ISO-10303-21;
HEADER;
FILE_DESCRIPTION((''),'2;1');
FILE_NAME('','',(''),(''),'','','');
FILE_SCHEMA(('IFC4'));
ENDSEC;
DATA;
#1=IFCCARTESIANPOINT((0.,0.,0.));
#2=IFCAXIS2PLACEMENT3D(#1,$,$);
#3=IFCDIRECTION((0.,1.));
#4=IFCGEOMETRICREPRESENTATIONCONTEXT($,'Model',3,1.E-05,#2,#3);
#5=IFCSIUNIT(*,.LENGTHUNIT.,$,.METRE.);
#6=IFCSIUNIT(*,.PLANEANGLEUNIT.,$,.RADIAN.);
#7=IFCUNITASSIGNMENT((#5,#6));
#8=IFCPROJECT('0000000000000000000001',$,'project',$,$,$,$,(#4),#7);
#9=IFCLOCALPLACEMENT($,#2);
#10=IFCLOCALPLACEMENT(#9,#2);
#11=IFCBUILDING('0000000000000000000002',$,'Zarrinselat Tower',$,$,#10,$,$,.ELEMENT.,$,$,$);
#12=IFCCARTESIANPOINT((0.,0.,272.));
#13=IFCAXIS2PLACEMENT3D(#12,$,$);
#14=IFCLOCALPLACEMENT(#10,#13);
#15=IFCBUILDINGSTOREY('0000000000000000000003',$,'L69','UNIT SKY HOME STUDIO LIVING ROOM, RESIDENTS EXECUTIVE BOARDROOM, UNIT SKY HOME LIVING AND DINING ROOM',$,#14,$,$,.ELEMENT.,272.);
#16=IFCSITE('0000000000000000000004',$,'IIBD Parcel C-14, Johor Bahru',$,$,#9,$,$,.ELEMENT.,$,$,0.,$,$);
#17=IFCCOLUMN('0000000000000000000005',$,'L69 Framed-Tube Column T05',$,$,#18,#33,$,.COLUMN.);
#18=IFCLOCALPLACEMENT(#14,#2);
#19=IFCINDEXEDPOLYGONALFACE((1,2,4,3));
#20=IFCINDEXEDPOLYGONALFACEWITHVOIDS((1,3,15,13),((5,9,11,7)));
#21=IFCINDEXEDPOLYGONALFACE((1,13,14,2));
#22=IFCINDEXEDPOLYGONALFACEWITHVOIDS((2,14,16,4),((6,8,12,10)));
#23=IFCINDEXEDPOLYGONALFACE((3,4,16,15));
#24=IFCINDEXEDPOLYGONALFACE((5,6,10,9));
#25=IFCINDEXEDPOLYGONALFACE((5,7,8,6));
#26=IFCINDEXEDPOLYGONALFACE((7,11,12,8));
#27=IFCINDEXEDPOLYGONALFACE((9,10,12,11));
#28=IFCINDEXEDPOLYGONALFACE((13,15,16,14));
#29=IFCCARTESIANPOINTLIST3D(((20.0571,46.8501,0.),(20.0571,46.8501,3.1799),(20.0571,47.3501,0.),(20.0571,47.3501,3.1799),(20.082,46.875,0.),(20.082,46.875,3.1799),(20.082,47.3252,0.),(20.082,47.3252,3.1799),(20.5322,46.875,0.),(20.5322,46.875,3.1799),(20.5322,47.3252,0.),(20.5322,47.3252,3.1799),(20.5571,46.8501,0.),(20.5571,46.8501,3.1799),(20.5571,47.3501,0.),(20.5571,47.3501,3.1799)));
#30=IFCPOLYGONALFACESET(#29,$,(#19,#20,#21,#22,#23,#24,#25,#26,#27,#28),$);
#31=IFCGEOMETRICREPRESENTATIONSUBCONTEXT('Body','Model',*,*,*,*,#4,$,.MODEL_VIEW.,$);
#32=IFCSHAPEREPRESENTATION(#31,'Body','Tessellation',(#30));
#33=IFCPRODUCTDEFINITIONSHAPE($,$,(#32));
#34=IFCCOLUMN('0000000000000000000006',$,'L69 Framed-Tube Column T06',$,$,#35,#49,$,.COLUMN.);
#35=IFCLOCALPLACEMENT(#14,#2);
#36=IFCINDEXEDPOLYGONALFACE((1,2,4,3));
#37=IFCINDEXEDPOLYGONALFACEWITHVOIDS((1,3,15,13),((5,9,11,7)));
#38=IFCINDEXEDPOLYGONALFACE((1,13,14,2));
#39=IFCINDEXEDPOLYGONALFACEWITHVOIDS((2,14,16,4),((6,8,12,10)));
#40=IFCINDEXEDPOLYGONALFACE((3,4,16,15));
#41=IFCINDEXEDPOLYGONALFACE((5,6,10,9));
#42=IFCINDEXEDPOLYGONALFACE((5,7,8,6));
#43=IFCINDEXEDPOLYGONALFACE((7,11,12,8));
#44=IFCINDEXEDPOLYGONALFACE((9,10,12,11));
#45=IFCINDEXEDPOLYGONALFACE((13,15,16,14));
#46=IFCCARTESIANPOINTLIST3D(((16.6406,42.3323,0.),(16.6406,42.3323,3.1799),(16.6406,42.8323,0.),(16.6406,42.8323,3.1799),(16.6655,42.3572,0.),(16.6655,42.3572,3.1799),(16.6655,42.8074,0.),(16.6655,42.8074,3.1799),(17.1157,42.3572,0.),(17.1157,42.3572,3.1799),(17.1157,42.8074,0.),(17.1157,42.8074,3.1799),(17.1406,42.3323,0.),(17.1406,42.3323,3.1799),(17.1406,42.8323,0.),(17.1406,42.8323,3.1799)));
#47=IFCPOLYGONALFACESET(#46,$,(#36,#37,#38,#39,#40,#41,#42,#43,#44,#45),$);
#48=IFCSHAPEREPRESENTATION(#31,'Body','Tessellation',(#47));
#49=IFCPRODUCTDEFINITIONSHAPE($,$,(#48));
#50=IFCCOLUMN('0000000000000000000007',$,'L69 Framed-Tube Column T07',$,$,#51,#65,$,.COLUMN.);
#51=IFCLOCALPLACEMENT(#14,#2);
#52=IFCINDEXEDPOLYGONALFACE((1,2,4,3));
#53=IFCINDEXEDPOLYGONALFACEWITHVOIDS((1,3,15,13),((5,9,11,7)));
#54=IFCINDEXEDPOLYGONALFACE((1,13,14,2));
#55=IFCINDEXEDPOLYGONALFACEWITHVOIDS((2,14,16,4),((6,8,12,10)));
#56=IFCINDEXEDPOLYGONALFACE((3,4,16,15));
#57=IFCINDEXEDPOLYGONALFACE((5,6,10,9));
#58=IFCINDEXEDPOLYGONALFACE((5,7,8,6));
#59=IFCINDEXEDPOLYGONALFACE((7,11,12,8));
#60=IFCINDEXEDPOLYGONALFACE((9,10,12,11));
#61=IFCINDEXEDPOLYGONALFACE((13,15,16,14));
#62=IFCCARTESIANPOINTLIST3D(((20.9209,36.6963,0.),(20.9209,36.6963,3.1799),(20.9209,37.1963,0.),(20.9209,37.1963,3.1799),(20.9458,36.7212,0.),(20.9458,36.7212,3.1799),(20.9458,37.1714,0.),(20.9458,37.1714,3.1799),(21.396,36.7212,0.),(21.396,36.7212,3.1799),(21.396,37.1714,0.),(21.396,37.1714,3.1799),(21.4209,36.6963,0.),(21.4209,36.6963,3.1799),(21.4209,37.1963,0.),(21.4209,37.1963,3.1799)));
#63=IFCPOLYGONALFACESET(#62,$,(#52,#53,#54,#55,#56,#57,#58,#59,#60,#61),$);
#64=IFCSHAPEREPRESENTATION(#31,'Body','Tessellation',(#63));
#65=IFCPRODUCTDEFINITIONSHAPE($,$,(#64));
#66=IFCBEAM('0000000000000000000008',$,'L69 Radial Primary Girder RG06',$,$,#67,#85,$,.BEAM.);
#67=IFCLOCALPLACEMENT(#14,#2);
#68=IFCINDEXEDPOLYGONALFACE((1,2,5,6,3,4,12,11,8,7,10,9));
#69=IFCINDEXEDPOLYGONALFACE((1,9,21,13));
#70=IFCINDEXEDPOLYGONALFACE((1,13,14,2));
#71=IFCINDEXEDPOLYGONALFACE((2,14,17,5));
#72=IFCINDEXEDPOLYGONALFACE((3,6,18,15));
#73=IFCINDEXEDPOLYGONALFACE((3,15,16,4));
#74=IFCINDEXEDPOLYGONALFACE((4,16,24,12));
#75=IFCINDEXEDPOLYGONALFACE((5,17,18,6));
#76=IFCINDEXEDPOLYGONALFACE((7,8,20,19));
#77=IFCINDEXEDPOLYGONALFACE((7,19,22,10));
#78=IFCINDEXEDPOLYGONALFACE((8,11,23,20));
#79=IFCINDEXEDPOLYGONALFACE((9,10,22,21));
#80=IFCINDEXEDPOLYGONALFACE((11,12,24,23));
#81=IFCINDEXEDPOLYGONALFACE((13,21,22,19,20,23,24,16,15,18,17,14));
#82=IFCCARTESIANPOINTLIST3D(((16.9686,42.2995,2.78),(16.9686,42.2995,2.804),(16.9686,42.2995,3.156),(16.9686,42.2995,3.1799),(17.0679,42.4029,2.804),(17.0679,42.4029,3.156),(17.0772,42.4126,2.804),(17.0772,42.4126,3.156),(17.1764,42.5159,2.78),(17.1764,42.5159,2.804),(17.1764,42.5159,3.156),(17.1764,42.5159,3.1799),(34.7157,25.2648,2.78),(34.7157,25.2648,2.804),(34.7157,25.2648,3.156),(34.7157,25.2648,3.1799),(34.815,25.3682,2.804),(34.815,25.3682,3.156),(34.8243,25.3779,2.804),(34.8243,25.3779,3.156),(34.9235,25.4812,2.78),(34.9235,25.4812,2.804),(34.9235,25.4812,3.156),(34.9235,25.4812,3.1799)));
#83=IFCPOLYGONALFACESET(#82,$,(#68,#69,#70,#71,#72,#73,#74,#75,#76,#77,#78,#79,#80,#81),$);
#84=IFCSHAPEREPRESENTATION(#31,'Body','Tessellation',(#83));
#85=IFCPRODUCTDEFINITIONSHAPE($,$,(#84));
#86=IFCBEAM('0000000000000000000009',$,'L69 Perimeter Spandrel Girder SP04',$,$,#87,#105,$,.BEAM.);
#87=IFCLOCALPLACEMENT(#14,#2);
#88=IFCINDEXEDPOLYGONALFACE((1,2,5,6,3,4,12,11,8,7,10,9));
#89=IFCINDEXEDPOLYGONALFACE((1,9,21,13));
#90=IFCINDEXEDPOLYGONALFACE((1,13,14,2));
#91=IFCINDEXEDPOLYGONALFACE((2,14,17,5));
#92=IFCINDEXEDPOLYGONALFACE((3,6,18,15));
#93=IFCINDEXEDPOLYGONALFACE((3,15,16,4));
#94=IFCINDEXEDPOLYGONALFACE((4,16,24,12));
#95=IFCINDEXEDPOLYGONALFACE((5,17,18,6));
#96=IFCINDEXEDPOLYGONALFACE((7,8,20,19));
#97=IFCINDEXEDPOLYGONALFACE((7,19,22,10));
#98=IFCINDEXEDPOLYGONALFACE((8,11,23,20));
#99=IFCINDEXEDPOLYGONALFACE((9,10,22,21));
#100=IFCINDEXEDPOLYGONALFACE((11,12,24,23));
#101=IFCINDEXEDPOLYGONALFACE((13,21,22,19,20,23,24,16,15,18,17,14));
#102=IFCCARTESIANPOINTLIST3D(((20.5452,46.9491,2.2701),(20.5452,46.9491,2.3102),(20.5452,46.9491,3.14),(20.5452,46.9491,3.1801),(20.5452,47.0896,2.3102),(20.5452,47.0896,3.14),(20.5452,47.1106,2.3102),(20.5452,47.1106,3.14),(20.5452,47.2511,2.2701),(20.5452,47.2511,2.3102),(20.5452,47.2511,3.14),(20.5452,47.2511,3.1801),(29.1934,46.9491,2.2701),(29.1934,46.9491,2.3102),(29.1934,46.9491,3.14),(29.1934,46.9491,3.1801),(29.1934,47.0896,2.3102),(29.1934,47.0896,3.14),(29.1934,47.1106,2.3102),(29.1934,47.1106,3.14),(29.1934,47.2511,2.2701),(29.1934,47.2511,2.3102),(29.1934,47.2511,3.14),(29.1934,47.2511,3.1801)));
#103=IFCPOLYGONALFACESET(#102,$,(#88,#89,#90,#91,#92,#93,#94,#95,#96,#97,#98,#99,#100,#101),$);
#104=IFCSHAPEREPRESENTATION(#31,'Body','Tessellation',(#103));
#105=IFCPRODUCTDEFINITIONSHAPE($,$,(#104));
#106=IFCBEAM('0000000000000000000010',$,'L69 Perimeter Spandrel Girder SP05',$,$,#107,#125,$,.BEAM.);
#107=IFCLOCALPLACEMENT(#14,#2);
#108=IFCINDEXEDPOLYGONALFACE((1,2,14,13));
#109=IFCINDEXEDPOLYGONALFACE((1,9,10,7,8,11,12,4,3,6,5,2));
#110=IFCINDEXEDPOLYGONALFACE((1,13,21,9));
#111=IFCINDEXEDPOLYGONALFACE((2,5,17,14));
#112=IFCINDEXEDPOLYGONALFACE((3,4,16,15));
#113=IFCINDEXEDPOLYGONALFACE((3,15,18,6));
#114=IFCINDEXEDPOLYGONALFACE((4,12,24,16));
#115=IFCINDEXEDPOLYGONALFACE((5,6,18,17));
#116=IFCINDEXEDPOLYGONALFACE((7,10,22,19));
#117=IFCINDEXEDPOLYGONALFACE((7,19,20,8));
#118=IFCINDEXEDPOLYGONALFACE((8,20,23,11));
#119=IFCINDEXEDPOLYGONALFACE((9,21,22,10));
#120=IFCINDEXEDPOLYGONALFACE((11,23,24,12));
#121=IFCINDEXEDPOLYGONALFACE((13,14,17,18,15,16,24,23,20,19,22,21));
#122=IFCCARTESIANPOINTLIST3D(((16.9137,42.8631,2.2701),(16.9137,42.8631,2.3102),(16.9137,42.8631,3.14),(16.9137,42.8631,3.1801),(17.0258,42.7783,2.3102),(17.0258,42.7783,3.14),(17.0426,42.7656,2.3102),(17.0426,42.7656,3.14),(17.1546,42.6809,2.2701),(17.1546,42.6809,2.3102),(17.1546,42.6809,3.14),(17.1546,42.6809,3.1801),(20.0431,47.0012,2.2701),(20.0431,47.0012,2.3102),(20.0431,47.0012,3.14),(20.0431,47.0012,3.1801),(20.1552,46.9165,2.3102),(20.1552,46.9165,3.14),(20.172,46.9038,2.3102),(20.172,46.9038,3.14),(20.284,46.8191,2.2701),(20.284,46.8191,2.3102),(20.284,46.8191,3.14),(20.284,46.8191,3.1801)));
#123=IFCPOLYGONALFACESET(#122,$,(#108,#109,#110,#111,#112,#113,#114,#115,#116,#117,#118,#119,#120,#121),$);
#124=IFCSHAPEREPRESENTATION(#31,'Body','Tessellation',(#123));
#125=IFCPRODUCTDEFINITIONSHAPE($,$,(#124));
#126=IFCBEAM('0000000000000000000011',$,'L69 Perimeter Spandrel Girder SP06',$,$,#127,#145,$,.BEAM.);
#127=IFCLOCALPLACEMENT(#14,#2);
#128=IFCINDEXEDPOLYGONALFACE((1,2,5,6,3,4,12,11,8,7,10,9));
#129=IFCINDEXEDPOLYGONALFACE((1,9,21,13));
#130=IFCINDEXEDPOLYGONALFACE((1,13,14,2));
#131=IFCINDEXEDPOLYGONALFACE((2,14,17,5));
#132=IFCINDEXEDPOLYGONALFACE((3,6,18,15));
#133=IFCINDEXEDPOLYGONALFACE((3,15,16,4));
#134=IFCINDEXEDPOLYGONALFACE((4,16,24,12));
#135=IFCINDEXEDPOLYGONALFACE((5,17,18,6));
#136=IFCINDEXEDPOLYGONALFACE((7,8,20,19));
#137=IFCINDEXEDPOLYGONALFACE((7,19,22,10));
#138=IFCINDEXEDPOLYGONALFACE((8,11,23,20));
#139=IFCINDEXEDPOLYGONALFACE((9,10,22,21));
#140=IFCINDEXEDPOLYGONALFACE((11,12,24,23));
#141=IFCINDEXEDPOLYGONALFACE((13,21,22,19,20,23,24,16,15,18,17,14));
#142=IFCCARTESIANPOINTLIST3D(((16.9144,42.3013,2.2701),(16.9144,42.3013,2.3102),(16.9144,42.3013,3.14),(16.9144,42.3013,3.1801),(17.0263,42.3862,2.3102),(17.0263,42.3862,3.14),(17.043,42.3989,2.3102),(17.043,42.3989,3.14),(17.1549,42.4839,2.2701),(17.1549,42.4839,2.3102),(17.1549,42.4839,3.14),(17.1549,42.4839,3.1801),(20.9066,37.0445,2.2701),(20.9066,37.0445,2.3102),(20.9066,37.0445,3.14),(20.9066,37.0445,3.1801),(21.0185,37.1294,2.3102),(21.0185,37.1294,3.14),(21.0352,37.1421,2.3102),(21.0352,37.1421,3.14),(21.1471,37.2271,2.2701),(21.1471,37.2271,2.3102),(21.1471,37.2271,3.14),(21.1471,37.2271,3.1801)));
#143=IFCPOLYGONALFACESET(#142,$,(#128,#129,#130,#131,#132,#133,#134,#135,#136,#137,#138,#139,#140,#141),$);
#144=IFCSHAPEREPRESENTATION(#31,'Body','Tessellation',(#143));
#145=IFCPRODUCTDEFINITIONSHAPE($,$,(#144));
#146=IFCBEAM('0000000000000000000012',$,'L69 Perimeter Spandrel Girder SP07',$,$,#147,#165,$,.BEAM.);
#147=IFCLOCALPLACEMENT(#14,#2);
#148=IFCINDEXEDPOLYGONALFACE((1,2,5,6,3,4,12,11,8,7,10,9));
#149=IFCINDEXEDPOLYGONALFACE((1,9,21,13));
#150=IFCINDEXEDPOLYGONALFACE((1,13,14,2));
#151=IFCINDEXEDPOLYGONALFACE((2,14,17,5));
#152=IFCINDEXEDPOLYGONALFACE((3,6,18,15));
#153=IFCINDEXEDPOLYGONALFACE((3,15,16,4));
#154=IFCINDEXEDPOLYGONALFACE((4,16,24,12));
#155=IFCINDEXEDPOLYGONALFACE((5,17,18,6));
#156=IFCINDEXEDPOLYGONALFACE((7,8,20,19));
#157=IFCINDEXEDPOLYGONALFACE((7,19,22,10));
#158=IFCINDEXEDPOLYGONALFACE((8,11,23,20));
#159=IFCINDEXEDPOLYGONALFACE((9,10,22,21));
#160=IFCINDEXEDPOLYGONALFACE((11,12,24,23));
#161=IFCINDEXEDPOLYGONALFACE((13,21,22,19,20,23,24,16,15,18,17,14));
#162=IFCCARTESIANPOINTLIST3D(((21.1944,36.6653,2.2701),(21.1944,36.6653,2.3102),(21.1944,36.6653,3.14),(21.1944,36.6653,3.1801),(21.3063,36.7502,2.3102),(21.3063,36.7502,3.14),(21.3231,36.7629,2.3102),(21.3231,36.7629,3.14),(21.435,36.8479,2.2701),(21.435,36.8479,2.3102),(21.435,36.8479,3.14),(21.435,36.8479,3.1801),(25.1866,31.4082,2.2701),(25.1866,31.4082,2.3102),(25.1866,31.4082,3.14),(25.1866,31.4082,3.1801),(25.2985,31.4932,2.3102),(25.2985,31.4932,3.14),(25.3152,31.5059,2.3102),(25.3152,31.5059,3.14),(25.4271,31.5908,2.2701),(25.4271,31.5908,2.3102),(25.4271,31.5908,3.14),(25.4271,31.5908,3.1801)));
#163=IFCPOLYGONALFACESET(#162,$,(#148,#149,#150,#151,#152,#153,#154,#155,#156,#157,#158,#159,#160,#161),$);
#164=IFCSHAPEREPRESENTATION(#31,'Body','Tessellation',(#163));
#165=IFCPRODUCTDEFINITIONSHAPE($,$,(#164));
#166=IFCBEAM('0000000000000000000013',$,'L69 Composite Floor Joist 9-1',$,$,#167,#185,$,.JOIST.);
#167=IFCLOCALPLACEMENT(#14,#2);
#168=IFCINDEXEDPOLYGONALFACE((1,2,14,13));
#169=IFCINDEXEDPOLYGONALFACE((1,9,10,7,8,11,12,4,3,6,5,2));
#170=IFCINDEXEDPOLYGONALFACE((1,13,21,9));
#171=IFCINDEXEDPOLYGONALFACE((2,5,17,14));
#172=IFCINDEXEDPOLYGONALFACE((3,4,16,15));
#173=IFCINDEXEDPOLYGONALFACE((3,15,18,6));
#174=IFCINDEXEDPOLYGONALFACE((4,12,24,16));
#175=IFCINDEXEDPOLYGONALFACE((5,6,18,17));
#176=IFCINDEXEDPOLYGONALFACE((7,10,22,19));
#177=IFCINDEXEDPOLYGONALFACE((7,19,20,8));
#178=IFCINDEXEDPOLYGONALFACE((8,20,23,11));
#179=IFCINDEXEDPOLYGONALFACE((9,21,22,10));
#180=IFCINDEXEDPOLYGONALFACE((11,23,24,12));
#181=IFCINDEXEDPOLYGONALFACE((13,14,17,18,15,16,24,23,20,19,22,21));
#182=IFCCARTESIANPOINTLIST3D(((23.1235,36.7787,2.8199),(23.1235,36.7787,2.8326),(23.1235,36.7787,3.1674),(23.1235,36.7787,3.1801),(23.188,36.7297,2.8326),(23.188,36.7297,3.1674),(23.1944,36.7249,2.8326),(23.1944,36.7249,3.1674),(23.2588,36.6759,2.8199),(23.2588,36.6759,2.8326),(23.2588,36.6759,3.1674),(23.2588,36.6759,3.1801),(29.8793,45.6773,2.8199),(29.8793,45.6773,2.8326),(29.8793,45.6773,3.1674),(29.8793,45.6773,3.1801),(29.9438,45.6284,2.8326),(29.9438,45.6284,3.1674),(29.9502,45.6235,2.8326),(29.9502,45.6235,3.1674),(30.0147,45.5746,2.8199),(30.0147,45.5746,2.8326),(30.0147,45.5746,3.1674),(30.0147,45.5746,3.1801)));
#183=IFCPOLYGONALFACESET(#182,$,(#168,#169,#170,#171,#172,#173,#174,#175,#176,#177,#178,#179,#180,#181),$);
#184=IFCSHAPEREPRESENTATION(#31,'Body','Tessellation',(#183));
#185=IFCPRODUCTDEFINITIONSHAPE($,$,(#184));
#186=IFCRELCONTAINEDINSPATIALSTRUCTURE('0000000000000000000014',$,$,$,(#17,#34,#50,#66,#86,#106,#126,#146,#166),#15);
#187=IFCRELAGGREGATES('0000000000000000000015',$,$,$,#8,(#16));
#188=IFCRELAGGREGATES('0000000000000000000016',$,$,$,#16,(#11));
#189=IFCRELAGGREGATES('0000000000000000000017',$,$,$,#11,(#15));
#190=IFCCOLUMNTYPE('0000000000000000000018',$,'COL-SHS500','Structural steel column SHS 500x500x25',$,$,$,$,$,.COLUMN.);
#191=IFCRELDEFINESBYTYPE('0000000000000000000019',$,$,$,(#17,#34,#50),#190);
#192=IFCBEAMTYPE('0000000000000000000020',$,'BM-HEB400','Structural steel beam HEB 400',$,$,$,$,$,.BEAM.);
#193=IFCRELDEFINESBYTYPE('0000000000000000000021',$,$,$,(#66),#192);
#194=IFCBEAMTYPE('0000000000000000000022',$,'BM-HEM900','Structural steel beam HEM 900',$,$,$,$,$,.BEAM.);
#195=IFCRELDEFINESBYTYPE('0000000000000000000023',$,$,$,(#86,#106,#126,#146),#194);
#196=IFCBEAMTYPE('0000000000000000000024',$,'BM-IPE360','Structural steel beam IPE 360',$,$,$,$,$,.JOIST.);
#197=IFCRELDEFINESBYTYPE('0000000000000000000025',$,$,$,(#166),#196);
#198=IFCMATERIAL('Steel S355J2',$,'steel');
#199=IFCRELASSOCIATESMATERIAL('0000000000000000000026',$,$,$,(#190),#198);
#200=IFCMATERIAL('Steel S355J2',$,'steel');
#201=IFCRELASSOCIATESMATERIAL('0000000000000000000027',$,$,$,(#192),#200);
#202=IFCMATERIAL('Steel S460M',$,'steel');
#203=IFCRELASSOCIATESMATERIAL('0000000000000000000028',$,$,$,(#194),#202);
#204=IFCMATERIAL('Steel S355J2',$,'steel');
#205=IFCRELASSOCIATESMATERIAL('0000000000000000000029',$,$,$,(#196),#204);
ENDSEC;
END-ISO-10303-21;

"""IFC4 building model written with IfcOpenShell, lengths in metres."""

from ifc_helpers import new_model, si_unit, direction, frame, origin, origin_2d, place, context, subcontext, project, spatial, hollow_rectangle, i_section, extrude, material, material_profile, profile_set, type_object, element, save


model = new_model("IFC4")

# Units and contexts
model_context = context("Model", 3, precision=1e-05, world=origin(), true_north=direction((0.0, 1.0)))
body_context = subcontext(model_context, "Body", "Model", "MODEL_VIEW")
ifc_project = project(units=[si_unit("LENGTHUNIT", "METRE"), si_unit("PLANEANGLEUNIT", "RADIAN")], contexts=[model_context])

# Site, building, storey
site_placement = place(None, origin())
site = spatial("IfcSite", under=ifc_project, at=site_placement, Name="IIBD Parcel C-14, Johor Bahru", CompositionType="ELEMENT", RefElevation=0.0)
building_placement = place(site_placement, origin())
building = spatial("IfcBuilding", under=site, at=building_placement, Name="Zarrinselat Tower", CompositionType="ELEMENT")
storey_placement = place(building_placement, frame((0.0, 0.0, 272.0)))
storey = spatial("IfcBuildingStorey", under=building, at=storey_placement, Name="L69", Description="UNIT SKY HOME STUDIO LIVING ROOM, RESIDENTS EXECUTIVE BOARDROOM, UNIT SKY HOME LIVING AND DINING ROOM", CompositionType="ELEMENT", Elevation=272.0)

# Columns
ifc_material_1 = material(Name="Steel S355J2", Category="steel")
ifc_material_profile_1 = material_profile(ifc_material_1, hollow_rectangle(XDim=0.5, YDim=0.5, WallThickness=0.0249, at=origin_2d()), Name="SHS 500x500x25")
ifc_profile_set_1 = profile_set([ifc_material_profile_1], Name="Steel S355J2")
column_type = type_object("IfcColumnType", Name="COL-SHS500", Description="Structural steel column SHS 500x500x25", PredefinedType="COLUMN", material=ifc_profile_set_1)
for number, where, z_axis, x_axis, name in (
    (1, (20.3071, 47.1001, 0.0), (0.0, 0.0, 1.0), (1.0, 0.0, 0.0), "L69 Framed-Tube Column T05"),
    (2, (16.8906, 42.5823, 0.0), (0.0, 0.0, 1.0), (1.0, 0.0, 0.0), "L69 Framed-Tube Column T06"),
    (3, (21.1709, 36.9463, 0.0), (0.0, 0.0, 1.0), (1.0, 0.0, 0.0), "L69 Framed-Tube Column T07"),
):
    element("IfcColumn", number, at=place(storey_placement, frame(where, z_axis=z_axis, x_axis=x_axis)), inside=storey, type_object=column_type, Name=name, PredefinedType="COLUMN", context=body_context, shape_type="SweptSolid", body=[
        extrude(hollow_rectangle(XDim=0.5, YDim=0.5, WallThickness=0.0249, at=origin_2d()), origin(), (0.0, 0.0, 1.0), 3.1799),
    ])

# Beams
ifc_material_2 = material(Name="Steel S355J2", Category="steel")
ifc_material_profile_2 = material_profile(ifc_material_2, i_section(OverallWidth=0.3, OverallDepth=0.3999, WebThickness=0.0134, FlangeThickness=0.0239, at=origin_2d()), Name="HEB 400")
ifc_profile_set_2 = profile_set([ifc_material_profile_2], Name="Steel S355J2")
beam_type_1 = type_object("IfcBeamType", Name="BM-HEB400", Description="Structural steel beam HEB 400", PredefinedType="BEAM", material=ifc_profile_set_2)
beam_1_placement = place(storey_placement, frame((17.0725, 42.4077, 2.98), z_axis=(0.721438, -0.692479, 0.0), x_axis=(0.692479, 0.721438, 0.0)))
element("IfcBeam", 4, at=beam_1_placement, inside=storey, type_object=beam_type_1, Name="L69 Radial Primary Girder RG06", PredefinedType="BEAM", context=body_context, shape_type="SweptSolid", body=[
    extrude(i_section(OverallWidth=0.3, OverallDepth=0.3999, WebThickness=0.0134, FlangeThickness=0.0239, at=origin_2d()), origin(), (0.0, 0.0, 1.0), 24.5996),
])
ifc_material_3 = material(Name="Steel S460M", Category="steel")
ifc_material_profile_3 = material_profile(ifc_material_3, i_section(OverallWidth=0.302, OverallDepth=0.9099, WebThickness=0.021, FlangeThickness=0.04, at=origin_2d()), Name="HEM 900")
ifc_profile_set_3 = profile_set([ifc_material_profile_3], Name="Steel S460M")
beam_type_2 = type_object("IfcBeamType", Name="BM-HEM900", Description="Structural steel beam HEM 900", PredefinedType="BEAM", material=ifc_profile_set_3)
beam_2_placement = place(storey_placement, frame((20.5452, 47.1001, 2.7251), z_axis=(1.0, 0.0, 0.0), x_axis=(0.0, 1.0, 0.0)))
element("IfcBeam", 5, at=beam_2_placement, inside=storey, type_object=beam_type_2, Name="L69 Perimeter Spandrel Girder SP04", PredefinedType="BEAM", context=body_context, shape_type="SweptSolid", body=[
    extrude(i_section(OverallWidth=0.302, OverallDepth=0.9099, WebThickness=0.021, FlangeThickness=0.04, at=origin_2d()), origin(), (0.0, 0.0, 1.0), 8.6482),
])
beam_3_placement = place(storey_placement, frame((17.0342, 42.772, 2.7251), z_axis=(0.603173, 0.797611, 0.0), x_axis=(-0.797611, 0.603173, 0.0)))
element("IfcBeam", 6, at=beam_3_placement, inside=storey, type_object=beam_type_2, Name="L69 Perimeter Spandrel Girder SP05", PredefinedType="BEAM", context=body_context, shape_type="SweptSolid", body=[
    extrude(i_section(OverallWidth=0.302, OverallDepth=0.9099, WebThickness=0.021, FlangeThickness=0.04, at=origin_2d()), origin(), (0.0, 0.0, 1.0), 5.1882),
])
beam_4_placement = place(storey_placement, frame((17.0347, 42.3926, 2.7251), z_axis=(0.604794, -0.796382, 0.0), x_axis=(0.796382, 0.604794, 0.0)))
element("IfcBeam", 7, at=beam_4_placement, inside=storey, type_object=beam_type_2, Name="L69 Perimeter Spandrel Girder SP06", PredefinedType="BEAM", context=body_context, shape_type="SweptSolid", body=[
    extrude(i_section(OverallWidth=0.302, OverallDepth=0.9099, WebThickness=0.021, FlangeThickness=0.04, at=origin_2d()), origin(), (0.0, 0.0, 1.0), 6.6008),
])
beam_5_placement = place(storey_placement, frame((21.3147, 36.7566, 2.7251), z_axis=(0.604777, -0.796395, 0.0), x_axis=(0.796395, 0.604777, 0.0)))
element("IfcBeam", 8, at=beam_5_placement, inside=storey, type_object=beam_type_2, Name="L69 Perimeter Spandrel Girder SP07", PredefinedType="BEAM", context=body_context, shape_type="SweptSolid", body=[
    extrude(i_section(OverallWidth=0.302, OverallDepth=0.9099, WebThickness=0.021, FlangeThickness=0.04, at=origin_2d()), origin(), (0.0, 0.0, 1.0), 6.6011),
])
ifc_material_4 = material(Name="Steel S355J2", Category="steel")
ifc_material_profile_4 = material_profile(ifc_material_4, i_section(OverallWidth=0.1699, OverallDepth=0.3601, WebThickness=0.0081, FlangeThickness=0.0127, at=origin_2d()), Name="IPE 360")
ifc_profile_set_4 = profile_set([ifc_material_profile_4], Name="Steel S355J2")
beam_type_3 = type_object("IfcBeamType", Name="BM-IPE360", Description="Structural steel beam IPE 360", PredefinedType="JOIST", material=ifc_profile_set_4)
beam_6_placement = place(storey_placement, frame((23.1912, 36.7273, 3.0), z_axis=(0.604678, 0.79647, 0.0), x_axis=(-0.79647, 0.604678, 0.0)))
element("IfcBeam", 9, at=beam_6_placement, inside=storey, type_object=beam_type_3, Name="L69 Composite Floor Joist 9-1", PredefinedType="JOIST", context=body_context, shape_type="SweptSolid", body=[
    extrude(i_section(OverallWidth=0.1699, OverallDepth=0.3601, WebThickness=0.0081, FlangeThickness=0.0127, at=origin_2d()), origin(), (0.0, 0.0, 1.0), 11.1726),
])

save(model, "model.ifc")
